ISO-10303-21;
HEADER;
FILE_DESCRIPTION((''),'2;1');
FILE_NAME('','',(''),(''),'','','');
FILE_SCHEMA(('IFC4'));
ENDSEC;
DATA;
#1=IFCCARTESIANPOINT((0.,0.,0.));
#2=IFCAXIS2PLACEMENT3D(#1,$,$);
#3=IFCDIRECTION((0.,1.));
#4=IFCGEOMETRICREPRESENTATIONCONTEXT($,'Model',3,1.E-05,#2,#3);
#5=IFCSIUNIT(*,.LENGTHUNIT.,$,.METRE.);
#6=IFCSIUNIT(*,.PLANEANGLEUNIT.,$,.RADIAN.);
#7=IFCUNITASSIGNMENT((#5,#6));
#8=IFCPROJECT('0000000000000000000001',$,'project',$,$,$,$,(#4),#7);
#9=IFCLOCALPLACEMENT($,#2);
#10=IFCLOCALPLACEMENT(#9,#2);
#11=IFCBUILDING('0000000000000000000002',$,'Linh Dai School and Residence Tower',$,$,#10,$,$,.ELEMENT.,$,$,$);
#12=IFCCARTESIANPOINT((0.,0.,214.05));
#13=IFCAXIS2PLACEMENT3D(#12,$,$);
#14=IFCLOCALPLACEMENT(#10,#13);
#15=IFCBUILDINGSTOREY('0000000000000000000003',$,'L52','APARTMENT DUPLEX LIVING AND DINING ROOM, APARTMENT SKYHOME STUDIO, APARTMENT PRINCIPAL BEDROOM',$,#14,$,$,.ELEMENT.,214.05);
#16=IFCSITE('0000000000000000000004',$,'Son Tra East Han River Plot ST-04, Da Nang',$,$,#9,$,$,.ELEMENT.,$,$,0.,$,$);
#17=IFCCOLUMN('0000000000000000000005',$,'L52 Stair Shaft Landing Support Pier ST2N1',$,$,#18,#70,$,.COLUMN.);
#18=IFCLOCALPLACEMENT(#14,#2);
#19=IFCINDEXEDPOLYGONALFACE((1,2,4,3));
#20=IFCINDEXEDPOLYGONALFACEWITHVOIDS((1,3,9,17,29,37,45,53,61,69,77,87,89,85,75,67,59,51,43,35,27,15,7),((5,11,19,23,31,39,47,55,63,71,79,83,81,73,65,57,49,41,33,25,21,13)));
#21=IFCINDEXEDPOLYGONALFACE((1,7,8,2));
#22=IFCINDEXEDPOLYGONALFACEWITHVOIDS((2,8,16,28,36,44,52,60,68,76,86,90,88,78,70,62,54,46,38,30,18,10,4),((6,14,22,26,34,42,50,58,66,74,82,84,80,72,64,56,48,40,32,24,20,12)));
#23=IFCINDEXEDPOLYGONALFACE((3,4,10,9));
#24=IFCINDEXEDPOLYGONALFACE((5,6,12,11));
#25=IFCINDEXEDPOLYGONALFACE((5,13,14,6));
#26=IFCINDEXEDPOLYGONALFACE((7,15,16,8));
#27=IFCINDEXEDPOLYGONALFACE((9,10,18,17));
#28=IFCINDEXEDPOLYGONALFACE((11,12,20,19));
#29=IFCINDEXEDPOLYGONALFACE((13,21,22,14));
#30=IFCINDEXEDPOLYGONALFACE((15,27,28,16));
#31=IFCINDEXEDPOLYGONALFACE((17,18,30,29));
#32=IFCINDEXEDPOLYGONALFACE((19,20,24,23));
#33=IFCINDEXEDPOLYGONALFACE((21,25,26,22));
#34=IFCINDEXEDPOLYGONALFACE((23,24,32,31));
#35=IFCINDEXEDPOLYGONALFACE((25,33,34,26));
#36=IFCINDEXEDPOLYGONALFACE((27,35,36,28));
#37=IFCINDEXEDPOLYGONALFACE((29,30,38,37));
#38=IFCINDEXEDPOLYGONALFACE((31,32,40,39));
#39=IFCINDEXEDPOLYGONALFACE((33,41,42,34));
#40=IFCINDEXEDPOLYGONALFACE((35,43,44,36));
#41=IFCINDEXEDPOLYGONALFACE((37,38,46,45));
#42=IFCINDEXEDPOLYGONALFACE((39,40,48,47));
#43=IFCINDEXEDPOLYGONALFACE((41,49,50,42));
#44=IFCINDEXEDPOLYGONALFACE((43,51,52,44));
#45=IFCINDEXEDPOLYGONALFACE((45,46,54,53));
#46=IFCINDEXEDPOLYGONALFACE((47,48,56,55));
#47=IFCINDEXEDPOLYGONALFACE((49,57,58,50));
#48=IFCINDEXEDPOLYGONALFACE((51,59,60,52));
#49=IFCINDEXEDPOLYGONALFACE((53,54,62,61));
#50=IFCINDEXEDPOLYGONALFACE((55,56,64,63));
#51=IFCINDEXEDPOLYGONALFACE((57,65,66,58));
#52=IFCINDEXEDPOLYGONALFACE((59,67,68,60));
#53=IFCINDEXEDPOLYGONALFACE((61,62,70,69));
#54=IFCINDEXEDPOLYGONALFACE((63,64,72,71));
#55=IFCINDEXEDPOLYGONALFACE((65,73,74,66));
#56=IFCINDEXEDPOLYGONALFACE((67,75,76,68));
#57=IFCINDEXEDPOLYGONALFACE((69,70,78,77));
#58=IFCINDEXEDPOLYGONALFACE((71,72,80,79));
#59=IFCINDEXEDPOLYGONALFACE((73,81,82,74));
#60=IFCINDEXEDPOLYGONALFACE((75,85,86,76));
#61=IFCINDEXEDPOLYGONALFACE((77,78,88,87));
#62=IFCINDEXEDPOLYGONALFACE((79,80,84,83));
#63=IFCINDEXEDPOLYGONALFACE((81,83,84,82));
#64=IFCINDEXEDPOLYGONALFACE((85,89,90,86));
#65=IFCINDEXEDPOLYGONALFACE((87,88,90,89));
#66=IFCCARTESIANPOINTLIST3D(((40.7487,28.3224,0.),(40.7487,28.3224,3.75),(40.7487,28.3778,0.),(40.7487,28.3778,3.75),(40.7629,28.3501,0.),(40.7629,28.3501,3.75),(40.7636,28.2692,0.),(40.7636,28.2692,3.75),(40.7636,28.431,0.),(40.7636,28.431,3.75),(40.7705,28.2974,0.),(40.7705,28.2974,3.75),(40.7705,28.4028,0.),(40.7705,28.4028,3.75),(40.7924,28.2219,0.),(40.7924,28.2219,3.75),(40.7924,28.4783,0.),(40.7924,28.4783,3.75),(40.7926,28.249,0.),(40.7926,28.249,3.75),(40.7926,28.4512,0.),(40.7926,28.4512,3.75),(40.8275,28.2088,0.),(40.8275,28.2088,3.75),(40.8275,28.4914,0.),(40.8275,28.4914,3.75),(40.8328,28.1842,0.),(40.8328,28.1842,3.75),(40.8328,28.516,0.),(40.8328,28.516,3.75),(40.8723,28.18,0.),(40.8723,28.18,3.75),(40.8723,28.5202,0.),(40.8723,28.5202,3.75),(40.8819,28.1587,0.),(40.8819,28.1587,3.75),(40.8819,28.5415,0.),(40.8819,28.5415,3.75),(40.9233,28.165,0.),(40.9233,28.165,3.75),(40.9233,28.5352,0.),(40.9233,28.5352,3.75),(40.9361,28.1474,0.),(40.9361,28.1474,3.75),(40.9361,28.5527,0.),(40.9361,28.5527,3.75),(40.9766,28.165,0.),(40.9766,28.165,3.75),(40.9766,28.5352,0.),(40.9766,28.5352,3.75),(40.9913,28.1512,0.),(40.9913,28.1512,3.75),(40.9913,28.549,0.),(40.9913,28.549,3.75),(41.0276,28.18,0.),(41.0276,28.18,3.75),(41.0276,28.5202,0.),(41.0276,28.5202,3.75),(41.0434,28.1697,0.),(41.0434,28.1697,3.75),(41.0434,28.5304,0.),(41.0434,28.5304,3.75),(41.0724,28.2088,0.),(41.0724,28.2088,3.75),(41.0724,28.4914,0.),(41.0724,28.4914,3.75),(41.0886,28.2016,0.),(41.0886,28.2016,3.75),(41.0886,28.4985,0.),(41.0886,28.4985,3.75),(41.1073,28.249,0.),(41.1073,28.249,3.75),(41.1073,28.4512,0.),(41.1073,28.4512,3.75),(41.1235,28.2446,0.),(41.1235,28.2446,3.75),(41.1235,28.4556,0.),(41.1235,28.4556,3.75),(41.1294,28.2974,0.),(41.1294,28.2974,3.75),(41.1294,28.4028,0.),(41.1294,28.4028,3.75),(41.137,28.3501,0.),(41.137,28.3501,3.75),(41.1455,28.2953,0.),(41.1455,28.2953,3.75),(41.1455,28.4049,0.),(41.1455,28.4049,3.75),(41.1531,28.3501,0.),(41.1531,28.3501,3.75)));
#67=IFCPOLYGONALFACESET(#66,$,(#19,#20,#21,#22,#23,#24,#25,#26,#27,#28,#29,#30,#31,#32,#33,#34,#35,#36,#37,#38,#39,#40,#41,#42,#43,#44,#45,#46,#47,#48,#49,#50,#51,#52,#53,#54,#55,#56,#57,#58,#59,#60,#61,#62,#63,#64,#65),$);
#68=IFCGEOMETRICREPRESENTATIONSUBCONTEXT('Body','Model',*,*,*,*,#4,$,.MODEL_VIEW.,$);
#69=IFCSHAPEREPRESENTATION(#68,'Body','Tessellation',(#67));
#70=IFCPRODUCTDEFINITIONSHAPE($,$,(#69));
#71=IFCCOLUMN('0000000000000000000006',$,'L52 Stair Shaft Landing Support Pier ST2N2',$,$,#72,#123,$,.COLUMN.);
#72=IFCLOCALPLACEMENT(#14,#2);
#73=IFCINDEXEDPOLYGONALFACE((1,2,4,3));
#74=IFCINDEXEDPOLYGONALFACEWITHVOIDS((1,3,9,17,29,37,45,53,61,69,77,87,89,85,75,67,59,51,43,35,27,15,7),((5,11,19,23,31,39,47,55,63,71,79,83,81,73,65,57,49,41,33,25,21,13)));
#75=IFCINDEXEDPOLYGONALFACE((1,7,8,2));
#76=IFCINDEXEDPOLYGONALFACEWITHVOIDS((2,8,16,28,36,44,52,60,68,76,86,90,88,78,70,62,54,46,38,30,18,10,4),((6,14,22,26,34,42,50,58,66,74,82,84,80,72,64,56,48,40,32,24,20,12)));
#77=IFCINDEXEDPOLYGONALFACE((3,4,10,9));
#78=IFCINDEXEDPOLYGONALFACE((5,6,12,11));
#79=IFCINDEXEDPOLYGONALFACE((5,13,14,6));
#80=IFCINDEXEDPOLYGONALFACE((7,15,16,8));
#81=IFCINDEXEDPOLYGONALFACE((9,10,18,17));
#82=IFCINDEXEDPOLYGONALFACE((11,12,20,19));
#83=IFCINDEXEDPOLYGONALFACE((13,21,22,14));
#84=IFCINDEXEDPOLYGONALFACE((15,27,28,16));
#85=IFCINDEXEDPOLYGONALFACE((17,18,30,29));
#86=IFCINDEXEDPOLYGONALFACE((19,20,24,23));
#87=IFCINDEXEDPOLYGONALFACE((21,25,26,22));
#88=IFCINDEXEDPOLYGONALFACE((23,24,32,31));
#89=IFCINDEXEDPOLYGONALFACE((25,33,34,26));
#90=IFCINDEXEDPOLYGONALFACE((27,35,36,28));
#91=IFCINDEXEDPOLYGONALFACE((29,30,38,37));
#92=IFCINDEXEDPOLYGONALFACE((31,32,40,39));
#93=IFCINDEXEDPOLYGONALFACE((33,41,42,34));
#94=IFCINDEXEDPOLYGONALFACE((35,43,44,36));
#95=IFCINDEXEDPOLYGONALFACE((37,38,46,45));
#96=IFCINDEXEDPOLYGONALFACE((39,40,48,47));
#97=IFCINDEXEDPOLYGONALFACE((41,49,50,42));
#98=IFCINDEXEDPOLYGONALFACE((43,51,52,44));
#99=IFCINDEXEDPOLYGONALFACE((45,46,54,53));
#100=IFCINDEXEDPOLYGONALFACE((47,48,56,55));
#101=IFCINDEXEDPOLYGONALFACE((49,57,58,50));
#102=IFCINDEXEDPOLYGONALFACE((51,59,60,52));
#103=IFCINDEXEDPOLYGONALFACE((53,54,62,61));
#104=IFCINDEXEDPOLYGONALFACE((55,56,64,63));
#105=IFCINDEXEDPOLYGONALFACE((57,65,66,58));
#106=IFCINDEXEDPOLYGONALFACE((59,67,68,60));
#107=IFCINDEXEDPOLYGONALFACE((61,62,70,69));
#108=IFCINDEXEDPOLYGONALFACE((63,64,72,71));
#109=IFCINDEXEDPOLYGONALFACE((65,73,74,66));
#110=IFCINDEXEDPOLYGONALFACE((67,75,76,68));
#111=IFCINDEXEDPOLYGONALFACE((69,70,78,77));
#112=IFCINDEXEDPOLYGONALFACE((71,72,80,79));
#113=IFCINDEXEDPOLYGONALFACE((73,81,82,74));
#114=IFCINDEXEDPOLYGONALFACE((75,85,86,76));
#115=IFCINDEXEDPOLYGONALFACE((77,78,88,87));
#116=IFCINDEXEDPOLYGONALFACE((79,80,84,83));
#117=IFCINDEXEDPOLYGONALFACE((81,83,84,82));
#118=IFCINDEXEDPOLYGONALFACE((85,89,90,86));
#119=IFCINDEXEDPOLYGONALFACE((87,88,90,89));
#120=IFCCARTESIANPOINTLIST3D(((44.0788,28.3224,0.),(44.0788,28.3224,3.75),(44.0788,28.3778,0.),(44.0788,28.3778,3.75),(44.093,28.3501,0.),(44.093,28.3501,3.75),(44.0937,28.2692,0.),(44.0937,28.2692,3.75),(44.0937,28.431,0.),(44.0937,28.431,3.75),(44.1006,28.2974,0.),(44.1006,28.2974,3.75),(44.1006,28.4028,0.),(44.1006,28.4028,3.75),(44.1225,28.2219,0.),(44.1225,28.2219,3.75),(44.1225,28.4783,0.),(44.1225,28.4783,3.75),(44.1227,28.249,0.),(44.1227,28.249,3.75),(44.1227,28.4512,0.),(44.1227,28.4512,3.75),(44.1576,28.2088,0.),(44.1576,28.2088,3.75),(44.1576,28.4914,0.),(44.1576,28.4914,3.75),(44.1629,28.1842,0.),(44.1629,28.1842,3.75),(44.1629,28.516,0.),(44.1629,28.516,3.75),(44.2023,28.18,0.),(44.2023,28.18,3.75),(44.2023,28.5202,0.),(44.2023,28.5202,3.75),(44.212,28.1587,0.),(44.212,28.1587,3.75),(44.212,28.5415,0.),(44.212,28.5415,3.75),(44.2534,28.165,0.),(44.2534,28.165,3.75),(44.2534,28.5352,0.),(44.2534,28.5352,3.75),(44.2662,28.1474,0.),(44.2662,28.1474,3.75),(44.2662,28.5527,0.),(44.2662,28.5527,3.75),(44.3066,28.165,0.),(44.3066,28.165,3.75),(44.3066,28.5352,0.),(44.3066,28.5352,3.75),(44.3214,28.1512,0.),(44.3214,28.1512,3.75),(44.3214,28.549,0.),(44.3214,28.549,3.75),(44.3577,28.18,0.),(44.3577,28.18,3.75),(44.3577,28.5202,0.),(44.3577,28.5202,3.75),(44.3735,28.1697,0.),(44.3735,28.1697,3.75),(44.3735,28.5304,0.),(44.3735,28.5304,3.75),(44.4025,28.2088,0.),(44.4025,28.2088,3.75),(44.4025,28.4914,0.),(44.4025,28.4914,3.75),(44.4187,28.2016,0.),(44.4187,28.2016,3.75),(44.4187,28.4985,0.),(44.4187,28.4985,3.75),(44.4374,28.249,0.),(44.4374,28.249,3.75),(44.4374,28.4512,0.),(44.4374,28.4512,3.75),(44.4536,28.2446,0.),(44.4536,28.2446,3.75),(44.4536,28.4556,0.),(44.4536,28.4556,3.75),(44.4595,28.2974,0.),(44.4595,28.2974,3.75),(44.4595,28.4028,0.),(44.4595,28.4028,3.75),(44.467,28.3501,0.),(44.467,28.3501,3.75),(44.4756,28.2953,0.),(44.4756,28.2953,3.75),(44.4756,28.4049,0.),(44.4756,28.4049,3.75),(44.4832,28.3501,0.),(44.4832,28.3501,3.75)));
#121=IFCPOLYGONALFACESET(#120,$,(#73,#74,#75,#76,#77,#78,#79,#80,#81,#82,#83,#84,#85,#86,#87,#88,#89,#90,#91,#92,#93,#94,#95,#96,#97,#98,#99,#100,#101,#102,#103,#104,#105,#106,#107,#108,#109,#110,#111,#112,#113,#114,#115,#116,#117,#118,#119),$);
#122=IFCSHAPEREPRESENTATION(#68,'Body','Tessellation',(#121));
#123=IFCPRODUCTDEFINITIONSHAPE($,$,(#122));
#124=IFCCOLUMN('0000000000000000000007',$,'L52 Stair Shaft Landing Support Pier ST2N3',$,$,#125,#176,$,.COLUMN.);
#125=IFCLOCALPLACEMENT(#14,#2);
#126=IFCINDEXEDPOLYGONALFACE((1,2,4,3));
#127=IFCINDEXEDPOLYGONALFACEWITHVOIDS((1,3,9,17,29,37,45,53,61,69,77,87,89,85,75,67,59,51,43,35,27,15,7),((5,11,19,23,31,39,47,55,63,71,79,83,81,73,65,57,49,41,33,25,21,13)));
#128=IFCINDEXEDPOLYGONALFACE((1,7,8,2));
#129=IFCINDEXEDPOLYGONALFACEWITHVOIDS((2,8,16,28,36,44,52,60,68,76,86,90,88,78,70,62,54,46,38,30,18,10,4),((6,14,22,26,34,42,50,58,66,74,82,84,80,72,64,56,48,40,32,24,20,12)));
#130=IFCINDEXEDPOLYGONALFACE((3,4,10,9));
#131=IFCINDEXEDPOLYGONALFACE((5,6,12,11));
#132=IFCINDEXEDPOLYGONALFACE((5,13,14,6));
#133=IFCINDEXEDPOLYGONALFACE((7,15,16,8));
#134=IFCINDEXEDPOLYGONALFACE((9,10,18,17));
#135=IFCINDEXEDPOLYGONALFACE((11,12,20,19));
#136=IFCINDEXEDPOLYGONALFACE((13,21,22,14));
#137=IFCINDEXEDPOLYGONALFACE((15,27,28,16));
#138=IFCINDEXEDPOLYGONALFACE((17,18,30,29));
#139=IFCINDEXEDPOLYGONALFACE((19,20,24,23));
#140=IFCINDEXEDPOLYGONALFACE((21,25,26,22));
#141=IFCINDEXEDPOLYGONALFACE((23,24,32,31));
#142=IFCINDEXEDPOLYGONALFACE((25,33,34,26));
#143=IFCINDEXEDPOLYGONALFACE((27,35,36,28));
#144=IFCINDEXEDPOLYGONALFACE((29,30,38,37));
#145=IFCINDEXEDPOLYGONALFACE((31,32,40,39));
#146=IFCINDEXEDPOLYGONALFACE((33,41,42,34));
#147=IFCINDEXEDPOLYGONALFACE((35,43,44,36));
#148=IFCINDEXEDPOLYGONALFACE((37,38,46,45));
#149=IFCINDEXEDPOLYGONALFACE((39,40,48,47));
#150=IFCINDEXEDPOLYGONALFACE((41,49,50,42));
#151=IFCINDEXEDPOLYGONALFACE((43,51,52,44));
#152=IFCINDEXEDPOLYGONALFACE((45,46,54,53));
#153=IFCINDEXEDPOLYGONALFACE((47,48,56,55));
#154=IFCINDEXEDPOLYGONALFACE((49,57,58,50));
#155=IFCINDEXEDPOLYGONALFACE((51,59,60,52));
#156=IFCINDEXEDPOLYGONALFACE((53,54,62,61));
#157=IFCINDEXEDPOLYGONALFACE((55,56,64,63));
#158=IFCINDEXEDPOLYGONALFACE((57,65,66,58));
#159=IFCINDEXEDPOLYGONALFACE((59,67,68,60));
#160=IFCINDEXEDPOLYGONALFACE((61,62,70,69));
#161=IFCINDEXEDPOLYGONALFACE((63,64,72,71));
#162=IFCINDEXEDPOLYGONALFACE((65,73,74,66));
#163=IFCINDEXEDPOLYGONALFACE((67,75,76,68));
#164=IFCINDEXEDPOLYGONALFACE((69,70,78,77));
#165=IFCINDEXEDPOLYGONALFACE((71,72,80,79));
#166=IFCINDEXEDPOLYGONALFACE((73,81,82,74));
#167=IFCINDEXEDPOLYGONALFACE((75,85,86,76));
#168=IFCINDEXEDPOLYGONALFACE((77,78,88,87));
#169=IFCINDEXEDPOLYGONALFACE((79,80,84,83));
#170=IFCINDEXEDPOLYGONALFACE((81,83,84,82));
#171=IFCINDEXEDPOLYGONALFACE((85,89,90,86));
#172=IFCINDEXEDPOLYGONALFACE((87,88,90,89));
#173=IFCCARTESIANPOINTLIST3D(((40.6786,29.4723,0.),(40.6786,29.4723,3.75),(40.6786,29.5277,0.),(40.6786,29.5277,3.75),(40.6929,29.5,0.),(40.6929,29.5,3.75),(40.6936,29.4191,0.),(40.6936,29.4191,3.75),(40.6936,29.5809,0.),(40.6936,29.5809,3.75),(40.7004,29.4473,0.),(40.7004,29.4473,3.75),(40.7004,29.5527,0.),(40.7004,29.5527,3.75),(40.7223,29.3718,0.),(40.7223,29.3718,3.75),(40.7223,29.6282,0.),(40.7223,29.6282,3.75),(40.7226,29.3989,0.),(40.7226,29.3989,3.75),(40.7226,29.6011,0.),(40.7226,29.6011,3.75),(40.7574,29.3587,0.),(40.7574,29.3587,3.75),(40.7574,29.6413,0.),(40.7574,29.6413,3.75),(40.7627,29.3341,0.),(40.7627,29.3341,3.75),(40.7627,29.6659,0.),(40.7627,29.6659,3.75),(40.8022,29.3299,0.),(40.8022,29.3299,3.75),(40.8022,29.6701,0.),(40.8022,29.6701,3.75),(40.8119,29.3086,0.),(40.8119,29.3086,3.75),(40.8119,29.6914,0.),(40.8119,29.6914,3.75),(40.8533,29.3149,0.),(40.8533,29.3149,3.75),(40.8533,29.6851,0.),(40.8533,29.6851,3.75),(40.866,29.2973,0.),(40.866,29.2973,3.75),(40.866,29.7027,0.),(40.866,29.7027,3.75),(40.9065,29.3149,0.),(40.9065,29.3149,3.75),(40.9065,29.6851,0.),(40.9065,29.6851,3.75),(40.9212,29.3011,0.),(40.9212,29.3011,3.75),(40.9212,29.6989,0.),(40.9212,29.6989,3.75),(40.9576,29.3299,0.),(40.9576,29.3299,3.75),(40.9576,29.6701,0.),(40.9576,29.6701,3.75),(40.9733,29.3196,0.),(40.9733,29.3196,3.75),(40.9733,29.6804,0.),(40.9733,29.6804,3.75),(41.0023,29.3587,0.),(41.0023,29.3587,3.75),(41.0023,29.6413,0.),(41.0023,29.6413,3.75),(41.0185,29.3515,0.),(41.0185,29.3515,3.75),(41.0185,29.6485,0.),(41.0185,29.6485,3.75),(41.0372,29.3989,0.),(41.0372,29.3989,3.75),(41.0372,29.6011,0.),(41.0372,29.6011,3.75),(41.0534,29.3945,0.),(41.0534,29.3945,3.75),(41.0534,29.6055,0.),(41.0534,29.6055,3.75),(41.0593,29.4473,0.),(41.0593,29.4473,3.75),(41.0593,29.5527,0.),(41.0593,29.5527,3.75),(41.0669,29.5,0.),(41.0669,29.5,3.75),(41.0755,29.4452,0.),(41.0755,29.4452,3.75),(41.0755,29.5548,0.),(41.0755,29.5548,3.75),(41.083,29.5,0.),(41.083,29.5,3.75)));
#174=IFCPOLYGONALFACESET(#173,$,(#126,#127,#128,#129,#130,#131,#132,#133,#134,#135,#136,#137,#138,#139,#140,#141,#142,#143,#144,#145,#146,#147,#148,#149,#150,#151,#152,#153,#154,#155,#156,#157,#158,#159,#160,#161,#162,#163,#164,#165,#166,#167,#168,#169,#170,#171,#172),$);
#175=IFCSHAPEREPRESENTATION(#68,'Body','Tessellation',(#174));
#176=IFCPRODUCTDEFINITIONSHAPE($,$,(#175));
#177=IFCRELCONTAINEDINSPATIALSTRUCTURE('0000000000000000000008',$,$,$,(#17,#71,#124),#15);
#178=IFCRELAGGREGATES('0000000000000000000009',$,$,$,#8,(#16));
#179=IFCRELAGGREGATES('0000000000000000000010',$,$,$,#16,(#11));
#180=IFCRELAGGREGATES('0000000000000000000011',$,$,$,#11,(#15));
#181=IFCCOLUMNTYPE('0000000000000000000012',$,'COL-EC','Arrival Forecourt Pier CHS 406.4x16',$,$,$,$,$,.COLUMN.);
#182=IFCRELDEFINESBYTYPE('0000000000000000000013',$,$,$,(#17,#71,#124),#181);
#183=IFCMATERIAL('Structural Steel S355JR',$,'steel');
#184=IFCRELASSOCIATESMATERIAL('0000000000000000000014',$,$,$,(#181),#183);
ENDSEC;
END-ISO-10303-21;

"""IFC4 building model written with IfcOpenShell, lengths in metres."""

from ifc_helpers import new_model, si_unit, direction, frame, origin, origin_2d, place, context, subcontext, project, spatial, hollow_circle, extrude, material, material_profile, profile_set, type_object, element, save


model = new_model("IFC4")

# Units and contexts
model_context = context("Model", 3, precision=1e-05, world=origin(), true_north=direction((0.0, 1.0)))
body_context = subcontext(model_context, "Body", "Model", "MODEL_VIEW")
ifc_project = project(units=[si_unit("LENGTHUNIT", "METRE"), si_unit("PLANEANGLEUNIT", "RADIAN")], contexts=[model_context])

# Site, building, storey
site_placement = place(None, origin())
site = spatial("IfcSite", under=ifc_project, at=site_placement, Name="Son Tra East Han River Plot ST-04, Da Nang", CompositionType="ELEMENT", RefElevation=0.0)
building_placement = place(site_placement, origin())
building = spatial("IfcBuilding", under=site, at=building_placement, Name="Linh Dai School and Residence Tower", CompositionType="ELEMENT")
storey_placement = place(building_placement, frame((0.0, 0.0, 214.05)))
storey = spatial("IfcBuildingStorey", under=building, at=storey_placement, Name="L52", Description="APARTMENT DUPLEX LIVING AND DINING ROOM, APARTMENT SKYHOME STUDIO, APARTMENT PRINCIPAL BEDROOM", CompositionType="ELEMENT", Elevation=214.05)

# Columns
ifc_material_1 = material(Name="Structural Steel S355JR", Category="steel")
ifc_material_profile_1 = material_profile(ifc_material_1, hollow_circle(Radius=0.2031, WallThickness=0.0161, at=origin_2d()), Name="CHS 406.4x16")
ifc_profile_set_1 = profile_set([ifc_material_profile_1], Name="Structural Steel S355JR")
column_type_1 = type_object("IfcColumnType", Name="COL-EC", Description="Arrival Forecourt Pier CHS 406.4x16", PredefinedType="COLUMN", material=ifc_profile_set_1)
for number, where, z_axis, x_axis, name in (
    (1, (40.95, 28.3501, 0.0), (0.0, 0.0, 1.0), (1.0, 0.0, 0.0), "L52 Stair Shaft Landing Support Pier ST2N1"),
    (2, (44.28, 28.3501, 0.0), (0.0, 0.0, 1.0), (1.0, 0.0, 0.0), "L52 Stair Shaft Landing Support Pier ST2N2"),
    (3, (40.8799, 29.5, 0.0), (0.0, 0.0, 1.0), (1.0, 0.0, 0.0), "L52 Stair Shaft Landing Support Pier ST2N3"),
):
    element("IfcColumn", number, at=place(storey_placement, frame(where, z_axis=z_axis, x_axis=x_axis)), inside=storey, type_object=column_type_1, Name=name, PredefinedType="COLUMN", context=body_context, shape_type="SweptSolid", body=[
        extrude(hollow_circle(Radius=0.2031, WallThickness=0.0161, at=origin_2d()), origin(), (0.0, 0.0, 1.0), 3.75),
    ])

save(model, "model.ifc")
